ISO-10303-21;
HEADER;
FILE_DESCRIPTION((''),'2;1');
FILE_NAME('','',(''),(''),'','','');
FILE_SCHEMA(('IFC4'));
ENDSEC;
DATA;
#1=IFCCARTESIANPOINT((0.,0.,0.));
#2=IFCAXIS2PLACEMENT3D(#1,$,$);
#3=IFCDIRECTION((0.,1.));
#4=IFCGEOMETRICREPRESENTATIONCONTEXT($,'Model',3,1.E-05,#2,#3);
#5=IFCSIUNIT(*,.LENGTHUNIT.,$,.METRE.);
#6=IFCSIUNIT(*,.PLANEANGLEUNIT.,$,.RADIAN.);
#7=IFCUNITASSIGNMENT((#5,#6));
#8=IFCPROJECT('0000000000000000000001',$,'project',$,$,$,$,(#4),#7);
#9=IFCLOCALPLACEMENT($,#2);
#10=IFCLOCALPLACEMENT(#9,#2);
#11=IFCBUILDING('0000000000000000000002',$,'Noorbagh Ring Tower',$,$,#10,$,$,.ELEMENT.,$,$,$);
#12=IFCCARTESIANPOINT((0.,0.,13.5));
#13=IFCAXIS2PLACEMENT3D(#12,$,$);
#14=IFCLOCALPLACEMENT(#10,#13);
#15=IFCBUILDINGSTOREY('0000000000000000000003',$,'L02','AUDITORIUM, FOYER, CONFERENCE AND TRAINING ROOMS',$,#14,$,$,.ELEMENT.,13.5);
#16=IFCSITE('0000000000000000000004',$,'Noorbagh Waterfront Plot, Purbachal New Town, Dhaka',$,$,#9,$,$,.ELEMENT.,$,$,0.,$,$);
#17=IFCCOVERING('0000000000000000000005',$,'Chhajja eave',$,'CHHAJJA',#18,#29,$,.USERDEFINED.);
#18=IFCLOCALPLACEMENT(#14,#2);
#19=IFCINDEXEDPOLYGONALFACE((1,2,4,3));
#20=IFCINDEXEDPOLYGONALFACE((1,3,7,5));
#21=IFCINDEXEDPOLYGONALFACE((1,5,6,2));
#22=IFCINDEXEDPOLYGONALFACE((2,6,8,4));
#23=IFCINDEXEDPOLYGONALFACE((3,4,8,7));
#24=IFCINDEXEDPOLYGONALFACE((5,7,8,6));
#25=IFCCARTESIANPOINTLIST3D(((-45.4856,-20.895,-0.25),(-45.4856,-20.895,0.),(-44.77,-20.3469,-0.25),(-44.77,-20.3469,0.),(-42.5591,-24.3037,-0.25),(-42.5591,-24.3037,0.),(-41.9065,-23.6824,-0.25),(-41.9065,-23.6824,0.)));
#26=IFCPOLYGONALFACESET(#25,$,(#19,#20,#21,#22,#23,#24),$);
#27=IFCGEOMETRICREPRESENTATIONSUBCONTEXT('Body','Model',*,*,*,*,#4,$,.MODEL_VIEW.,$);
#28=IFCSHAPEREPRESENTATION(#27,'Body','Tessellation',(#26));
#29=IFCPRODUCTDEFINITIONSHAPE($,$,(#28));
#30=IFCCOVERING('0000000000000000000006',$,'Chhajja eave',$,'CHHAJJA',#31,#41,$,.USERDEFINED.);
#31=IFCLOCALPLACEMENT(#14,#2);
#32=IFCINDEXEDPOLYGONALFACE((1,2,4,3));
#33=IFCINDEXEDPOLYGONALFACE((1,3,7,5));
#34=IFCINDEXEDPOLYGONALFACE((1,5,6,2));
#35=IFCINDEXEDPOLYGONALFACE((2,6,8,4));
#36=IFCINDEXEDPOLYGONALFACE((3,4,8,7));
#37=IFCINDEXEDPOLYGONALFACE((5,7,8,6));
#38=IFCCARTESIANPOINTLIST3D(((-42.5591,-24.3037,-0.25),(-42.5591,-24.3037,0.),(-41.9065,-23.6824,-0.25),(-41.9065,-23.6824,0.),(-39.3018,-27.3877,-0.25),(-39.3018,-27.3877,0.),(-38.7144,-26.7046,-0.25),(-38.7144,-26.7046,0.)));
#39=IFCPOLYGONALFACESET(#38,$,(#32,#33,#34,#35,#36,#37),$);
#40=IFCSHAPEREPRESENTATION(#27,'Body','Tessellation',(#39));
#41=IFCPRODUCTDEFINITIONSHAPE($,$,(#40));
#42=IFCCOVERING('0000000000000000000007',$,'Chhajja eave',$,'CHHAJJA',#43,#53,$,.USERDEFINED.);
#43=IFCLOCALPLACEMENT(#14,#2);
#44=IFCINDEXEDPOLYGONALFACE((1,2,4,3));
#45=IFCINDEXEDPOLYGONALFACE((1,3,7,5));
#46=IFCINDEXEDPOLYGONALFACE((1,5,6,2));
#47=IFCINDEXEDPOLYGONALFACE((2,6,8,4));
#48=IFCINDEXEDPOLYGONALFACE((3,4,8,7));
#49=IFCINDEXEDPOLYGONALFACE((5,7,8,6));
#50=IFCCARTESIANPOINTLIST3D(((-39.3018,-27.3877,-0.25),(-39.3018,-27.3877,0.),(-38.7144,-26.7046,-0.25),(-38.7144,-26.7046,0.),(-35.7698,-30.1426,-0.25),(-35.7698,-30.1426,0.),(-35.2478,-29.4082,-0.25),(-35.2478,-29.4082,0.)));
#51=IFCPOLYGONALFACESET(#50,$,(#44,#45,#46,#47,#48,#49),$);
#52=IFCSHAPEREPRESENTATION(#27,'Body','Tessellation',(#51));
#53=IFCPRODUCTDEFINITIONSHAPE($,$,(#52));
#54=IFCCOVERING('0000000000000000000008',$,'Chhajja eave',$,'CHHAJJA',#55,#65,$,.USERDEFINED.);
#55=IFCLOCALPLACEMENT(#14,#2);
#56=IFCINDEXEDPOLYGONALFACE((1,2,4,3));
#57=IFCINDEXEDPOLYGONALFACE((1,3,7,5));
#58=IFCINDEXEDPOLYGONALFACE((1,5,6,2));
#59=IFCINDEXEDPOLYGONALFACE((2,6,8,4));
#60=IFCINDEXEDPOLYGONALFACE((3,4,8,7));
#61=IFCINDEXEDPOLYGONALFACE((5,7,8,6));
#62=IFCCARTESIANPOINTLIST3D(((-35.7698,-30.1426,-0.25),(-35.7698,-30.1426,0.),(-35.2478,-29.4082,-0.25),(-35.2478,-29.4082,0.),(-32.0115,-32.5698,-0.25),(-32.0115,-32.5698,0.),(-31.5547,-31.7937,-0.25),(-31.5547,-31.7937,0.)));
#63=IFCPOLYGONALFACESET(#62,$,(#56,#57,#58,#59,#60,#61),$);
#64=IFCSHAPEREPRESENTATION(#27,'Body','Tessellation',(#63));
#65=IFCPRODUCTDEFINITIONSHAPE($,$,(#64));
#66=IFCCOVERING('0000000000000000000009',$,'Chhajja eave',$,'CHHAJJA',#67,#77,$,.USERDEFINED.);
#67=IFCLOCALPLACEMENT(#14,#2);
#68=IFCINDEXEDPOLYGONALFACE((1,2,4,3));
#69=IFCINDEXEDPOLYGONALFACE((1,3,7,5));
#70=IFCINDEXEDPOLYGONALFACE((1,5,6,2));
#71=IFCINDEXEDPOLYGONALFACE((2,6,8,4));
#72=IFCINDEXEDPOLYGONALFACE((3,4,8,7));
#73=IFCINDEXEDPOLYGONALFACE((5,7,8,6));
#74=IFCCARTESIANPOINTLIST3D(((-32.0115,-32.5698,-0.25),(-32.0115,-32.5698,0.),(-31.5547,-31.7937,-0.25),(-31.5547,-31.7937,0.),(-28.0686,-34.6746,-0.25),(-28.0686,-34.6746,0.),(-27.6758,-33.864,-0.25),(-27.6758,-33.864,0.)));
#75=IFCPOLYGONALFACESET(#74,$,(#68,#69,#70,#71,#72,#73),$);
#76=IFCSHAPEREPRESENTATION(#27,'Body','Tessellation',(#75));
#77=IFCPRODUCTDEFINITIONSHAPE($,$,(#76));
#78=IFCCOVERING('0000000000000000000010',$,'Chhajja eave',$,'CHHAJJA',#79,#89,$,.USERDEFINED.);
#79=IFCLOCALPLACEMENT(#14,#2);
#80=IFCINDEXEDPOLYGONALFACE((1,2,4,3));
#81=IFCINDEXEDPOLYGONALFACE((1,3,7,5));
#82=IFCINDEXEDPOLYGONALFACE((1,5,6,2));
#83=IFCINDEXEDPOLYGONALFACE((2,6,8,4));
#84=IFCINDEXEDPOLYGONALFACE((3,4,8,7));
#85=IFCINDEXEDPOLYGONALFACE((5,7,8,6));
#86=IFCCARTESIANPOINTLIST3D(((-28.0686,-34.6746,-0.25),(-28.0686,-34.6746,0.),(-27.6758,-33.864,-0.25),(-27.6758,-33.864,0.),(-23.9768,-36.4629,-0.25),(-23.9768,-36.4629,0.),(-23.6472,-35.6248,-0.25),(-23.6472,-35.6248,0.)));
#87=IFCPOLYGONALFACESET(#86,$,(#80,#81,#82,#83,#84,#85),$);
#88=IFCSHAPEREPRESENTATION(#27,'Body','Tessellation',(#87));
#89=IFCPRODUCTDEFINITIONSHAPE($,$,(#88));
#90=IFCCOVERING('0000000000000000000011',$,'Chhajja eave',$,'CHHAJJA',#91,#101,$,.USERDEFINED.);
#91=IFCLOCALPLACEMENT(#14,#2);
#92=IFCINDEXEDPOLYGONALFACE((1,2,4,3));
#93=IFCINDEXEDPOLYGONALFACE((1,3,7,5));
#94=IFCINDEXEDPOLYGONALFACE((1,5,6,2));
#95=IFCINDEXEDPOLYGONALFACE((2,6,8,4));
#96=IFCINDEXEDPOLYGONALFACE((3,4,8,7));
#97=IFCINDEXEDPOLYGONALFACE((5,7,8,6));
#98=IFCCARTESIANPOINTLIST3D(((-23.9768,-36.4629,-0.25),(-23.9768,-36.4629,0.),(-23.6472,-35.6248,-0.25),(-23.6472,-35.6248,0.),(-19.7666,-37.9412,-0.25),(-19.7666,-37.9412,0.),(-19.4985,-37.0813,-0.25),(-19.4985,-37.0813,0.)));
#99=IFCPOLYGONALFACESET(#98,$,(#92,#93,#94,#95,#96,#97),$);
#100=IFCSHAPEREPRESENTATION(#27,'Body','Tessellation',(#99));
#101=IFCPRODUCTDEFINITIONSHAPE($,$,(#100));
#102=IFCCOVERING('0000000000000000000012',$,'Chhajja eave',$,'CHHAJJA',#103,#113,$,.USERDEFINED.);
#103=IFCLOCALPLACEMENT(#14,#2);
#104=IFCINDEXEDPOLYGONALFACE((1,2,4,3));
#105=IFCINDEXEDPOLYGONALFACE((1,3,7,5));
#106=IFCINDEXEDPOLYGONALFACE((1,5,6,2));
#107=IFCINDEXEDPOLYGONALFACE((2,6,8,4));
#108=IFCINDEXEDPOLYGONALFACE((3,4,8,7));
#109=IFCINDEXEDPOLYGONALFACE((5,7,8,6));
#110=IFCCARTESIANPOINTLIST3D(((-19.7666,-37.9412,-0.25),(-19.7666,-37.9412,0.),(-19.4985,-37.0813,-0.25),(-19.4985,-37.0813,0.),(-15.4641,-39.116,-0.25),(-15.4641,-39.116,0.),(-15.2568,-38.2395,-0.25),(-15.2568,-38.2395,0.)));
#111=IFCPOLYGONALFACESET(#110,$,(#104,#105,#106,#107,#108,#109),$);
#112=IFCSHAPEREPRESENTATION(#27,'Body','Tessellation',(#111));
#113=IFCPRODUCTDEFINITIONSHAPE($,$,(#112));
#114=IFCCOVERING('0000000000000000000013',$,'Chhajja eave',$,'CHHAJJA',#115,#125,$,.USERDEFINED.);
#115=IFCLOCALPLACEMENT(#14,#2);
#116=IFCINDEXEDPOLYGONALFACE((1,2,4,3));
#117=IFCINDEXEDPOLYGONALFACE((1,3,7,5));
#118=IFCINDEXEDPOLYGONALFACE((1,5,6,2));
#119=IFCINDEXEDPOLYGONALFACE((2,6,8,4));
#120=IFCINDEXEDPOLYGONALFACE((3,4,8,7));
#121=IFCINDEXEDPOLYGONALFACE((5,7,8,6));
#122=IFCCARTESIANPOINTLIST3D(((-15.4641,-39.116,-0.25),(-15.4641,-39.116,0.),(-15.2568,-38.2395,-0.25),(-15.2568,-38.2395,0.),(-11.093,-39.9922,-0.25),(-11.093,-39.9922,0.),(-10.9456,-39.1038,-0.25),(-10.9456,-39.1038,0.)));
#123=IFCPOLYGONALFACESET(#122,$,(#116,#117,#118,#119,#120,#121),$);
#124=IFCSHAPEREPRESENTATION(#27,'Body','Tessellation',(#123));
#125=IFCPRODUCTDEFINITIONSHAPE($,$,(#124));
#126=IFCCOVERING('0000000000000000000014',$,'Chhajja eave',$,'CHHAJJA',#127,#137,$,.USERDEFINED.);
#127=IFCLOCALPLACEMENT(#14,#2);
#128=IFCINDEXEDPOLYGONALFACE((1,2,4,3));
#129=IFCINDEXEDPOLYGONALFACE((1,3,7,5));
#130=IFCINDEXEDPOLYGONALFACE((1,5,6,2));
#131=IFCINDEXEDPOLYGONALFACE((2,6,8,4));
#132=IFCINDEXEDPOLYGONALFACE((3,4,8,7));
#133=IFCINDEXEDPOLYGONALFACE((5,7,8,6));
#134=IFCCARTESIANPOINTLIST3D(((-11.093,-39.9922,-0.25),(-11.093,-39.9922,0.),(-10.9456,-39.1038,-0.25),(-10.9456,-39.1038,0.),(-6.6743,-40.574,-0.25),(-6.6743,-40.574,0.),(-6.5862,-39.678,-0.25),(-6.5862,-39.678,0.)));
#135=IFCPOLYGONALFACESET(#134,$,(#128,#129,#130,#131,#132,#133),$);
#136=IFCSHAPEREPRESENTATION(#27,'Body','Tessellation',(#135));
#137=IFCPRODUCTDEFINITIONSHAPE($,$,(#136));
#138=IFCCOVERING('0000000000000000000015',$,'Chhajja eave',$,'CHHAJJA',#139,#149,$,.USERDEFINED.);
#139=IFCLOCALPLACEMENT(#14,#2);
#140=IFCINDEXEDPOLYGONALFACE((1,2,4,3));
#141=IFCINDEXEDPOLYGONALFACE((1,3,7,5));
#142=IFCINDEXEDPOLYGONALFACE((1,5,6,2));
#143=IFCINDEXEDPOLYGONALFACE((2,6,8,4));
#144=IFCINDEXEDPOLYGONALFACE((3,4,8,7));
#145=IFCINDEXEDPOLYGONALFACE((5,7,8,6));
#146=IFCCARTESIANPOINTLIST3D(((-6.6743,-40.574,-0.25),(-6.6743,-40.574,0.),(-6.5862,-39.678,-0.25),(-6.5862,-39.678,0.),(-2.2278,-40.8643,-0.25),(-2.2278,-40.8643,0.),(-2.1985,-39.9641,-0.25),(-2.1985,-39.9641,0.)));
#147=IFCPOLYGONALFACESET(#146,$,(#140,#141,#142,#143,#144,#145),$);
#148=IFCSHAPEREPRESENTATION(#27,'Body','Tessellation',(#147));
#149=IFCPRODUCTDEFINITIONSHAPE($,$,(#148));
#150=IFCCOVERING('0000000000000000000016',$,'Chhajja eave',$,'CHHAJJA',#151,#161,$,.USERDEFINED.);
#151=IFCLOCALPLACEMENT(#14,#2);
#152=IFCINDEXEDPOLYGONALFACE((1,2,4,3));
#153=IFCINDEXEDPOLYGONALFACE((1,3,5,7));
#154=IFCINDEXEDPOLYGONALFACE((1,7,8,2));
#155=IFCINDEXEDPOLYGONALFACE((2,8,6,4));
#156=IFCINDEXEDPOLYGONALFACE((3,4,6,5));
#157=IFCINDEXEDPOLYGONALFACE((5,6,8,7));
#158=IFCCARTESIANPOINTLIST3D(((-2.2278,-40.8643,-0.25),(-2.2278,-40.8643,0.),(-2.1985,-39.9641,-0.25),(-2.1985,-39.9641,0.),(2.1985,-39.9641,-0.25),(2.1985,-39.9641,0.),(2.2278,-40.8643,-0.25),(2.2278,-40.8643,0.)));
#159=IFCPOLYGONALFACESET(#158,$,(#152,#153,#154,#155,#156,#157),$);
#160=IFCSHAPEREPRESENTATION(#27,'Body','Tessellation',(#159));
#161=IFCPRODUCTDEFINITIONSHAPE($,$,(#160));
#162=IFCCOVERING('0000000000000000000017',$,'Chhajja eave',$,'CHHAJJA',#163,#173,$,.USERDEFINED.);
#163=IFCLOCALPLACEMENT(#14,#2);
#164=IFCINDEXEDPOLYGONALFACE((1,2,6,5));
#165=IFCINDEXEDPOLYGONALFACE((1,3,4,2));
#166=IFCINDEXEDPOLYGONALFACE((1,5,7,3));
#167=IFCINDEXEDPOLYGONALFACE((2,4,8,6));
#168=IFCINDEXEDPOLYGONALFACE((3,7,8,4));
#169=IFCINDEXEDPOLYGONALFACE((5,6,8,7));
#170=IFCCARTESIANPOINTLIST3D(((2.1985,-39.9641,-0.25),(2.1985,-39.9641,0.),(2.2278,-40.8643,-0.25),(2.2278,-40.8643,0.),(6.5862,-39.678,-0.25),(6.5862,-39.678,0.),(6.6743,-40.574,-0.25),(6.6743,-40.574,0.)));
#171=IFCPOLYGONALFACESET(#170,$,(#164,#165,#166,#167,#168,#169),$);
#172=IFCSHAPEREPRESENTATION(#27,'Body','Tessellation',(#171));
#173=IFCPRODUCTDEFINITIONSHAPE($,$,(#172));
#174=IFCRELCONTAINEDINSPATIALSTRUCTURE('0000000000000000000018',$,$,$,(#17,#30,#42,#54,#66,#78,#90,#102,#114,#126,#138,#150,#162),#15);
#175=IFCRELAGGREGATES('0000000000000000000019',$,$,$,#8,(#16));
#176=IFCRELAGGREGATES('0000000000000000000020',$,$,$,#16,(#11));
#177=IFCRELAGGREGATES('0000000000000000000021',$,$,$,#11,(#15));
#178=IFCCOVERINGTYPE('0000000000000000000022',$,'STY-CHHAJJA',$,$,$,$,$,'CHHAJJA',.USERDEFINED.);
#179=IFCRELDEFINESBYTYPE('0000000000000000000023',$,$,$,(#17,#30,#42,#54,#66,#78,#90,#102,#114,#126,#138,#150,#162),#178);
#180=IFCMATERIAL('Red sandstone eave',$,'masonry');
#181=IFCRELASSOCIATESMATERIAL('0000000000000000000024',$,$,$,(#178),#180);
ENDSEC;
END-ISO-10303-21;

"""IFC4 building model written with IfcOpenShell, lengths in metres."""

from ifc_helpers import new_model, si_unit, direction, frame, origin, place, context, subcontext, project, spatial, polyline, outline, extrude, material, type_object, element, save


model = new_model("IFC4")

# Units and contexts
model_context = context("Model", 3, precision=1e-05, world=origin(), true_north=direction((0.0, 1.0)))
body_context = subcontext(model_context, "Body", "Model", "MODEL_VIEW")
ifc_project = project(units=[si_unit("LENGTHUNIT", "METRE"), si_unit("PLANEANGLEUNIT", "RADIAN")], contexts=[model_context])

# Site, building, storey
site_placement = place(None, origin())
site = spatial("IfcSite", under=ifc_project, at=site_placement, Name="Noorbagh Waterfront Plot, Purbachal New Town, Dhaka", CompositionType="ELEMENT", RefElevation=0.0)
building_placement = place(site_placement, origin())
building = spatial("IfcBuilding", under=site, at=building_placement, Name="Noorbagh Ring Tower", CompositionType="ELEMENT")
storey_placement = place(building_placement, frame((0.0, 0.0, 13.5)))
storey = spatial("IfcBuildingStorey", under=building, at=storey_placement, Name="L02", Description="AUDITORIUM, FOYER, CONFERENCE AND TRAINING ROOMS", CompositionType="ELEMENT", Elevation=13.5)

# Coverings
ifc_material_1 = material(Name="Red sandstone eave", Category="masonry")
covering_type = type_object("IfcCoveringType", Name="STY-CHHAJJA", ElementType="CHHAJJA", PredefinedType="USERDEFINED", material=ifc_material_1)
covering_1_placement = place(storey_placement, frame((0.0, 0.0, -0.25)))
element("IfcCovering", 1, at=covering_1_placement, inside=storey, type_object=covering_type, Name="Chhajja eave", ObjectType="CHHAJJA", PredefinedType="USERDEFINED", context=body_context, shape_type="SweptSolid", body=[
    extrude(outline(polyline([(-44.77, -20.3469), (-41.9065, -23.6824), (-42.5591, -24.3037), (-45.4856, -20.895), (-44.77, -20.3469)])), origin(), (0.0, 0.0, 1.0), 0.25),
])
covering_2_placement = place(storey_placement, frame((0.0, 0.0, -0.25)))
element("IfcCovering", 2, at=covering_2_placement, inside=storey, type_object=covering_type, Name="Chhajja eave", ObjectType="CHHAJJA", PredefinedType="USERDEFINED", context=body_context, shape_type="SweptSolid", body=[
    extrude(outline(polyline([(-41.9065, -23.6824), (-38.7144, -26.7046), (-39.3018, -27.3877), (-42.5591, -24.3037), (-41.9065, -23.6824)])), origin(), (0.0, 0.0, 1.0), 0.25),
])
covering_3_placement = place(storey_placement, frame((0.0, 0.0, -0.25)))
element("IfcCovering", 3, at=covering_3_placement, inside=storey, type_object=covering_type, Name="Chhajja eave", ObjectType="CHHAJJA", PredefinedType="USERDEFINED", context=body_context, shape_type="SweptSolid", body=[
    extrude(outline(polyline([(-38.7144, -26.7046), (-35.2478, -29.4082), (-35.7698, -30.1426), (-39.3018, -27.3877), (-38.7144, -26.7046)])), origin(), (0.0, 0.0, 1.0), 0.25),
])
covering_4_placement = place(storey_placement, frame((0.0, 0.0, -0.25)))
element("IfcCovering", 4, at=covering_4_placement, inside=storey, type_object=covering_type, Name="Chhajja eave", ObjectType="CHHAJJA", PredefinedType="USERDEFINED", context=body_context, shape_type="SweptSolid", body=[
    extrude(outline(polyline([(-35.2478, -29.4082), (-31.5547, -31.7937), (-32.0115, -32.5698), (-35.7698, -30.1426), (-35.2478, -29.4082)])), origin(), (0.0, 0.0, 1.0), 0.25),
])
covering_5_placement = place(storey_placement, frame((0.0, 0.0, -0.25)))
element("IfcCovering", 5, at=covering_5_placement, inside=storey, type_object=covering_type, Name="Chhajja eave", ObjectType="CHHAJJA", PredefinedType="USERDEFINED", context=body_context, shape_type="SweptSolid", body=[
    extrude(outline(polyline([(-31.5547, -31.7937), (-27.6758, -33.864), (-28.0686, -34.6746), (-32.0115, -32.5698), (-31.5547, -31.7937)])), origin(), (0.0, 0.0, 1.0), 0.25),
])
covering_6_placement = place(storey_placement, frame((0.0, 0.0, -0.25)))
element("IfcCovering", 6, at=covering_6_placement, inside=storey, type_object=covering_type, Name="Chhajja eave", ObjectType="CHHAJJA", PredefinedType="USERDEFINED", context=body_context, shape_type="SweptSolid", body=[
    extrude(outline(polyline([(-27.6758, -33.864), (-23.6472, -35.6248), (-23.9768, -36.4629), (-28.0686, -34.6746), (-27.6758, -33.864)])), origin(), (0.0, 0.0, 1.0), 0.25),
])
covering_7_placement = place(storey_placement, frame((0.0, 0.0, -0.25)))
element("IfcCovering", 7, at=covering_7_placement, inside=storey, type_object=covering_type, Name="Chhajja eave", ObjectType="CHHAJJA", PredefinedType="USERDEFINED", context=body_context, shape_type="SweptSolid", body=[
    extrude(outline(polyline([(-23.6472, -35.6248), (-19.4985, -37.0813), (-19.7666, -37.9412), (-23.9768, -36.4629), (-23.6472, -35.6248)])), origin(), (0.0, 0.0, 1.0), 0.25),
])
covering_8_placement = place(storey_placement, frame((0.0, 0.0, -0.25)))
element("IfcCovering", 8, at=covering_8_placement, inside=storey, type_object=covering_type, Name="Chhajja eave", ObjectType="CHHAJJA", PredefinedType="USERDEFINED", context=body_context, shape_type="SweptSolid", body=[
    extrude(outline(polyline([(-19.4985, -37.0813), (-15.2568, -38.2395), (-15.4641, -39.116), (-19.7666, -37.9412), (-19.4985, -37.0813)])), origin(), (0.0, 0.0, 1.0), 0.25),
])
covering_9_placement = place(storey_placement, frame((0.0, 0.0, -0.25)))
element("IfcCovering", 9, at=covering_9_placement, inside=storey, type_object=covering_type, Name="Chhajja eave", ObjectType="CHHAJJA", PredefinedType="USERDEFINED", context=body_context, shape_type="SweptSolid", body=[
    extrude(outline(polyline([(-15.2568, -38.2395), (-10.9456, -39.1038), (-11.093, -39.9922), (-15.4641, -39.116), (-15.2568, -38.2395)])), origin(), (0.0, 0.0, 1.0), 0.25),
])
covering_10_placement = place(storey_placement, frame((0.0, 0.0, -0.25)))
element("IfcCovering", 10, at=covering_10_placement, inside=storey, type_object=covering_type, Name="Chhajja eave", ObjectType="CHHAJJA", PredefinedType="USERDEFINED", context=body_context, shape_type="SweptSolid", body=[
    extrude(outline(polyline([(-10.9456, -39.1038), (-6.5862, -39.678), (-6.6743, -40.574), (-11.093, -39.9922), (-10.9456, -39.1038)])), origin(), (0.0, 0.0, 1.0), 0.25),
])
covering_11_placement = place(storey_placement, frame((0.0, 0.0, -0.25)))
element("IfcCovering", 11, at=covering_11_placement, inside=storey, type_object=covering_type, Name="Chhajja eave", ObjectType="CHHAJJA", PredefinedType="USERDEFINED", context=body_context, shape_type="SweptSolid", body=[
    extrude(outline(polyline([(-6.5862, -39.678), (-2.1985, -39.9641), (-2.2278, -40.8643), (-6.6743, -40.574), (-6.5862, -39.678)])), origin(), (0.0, 0.0, 1.0), 0.25),
])
covering_12_placement = place(storey_placement, frame((0.0, 0.0, -0.25)))
element("IfcCovering", 12, at=covering_12_placement, inside=storey, type_object=covering_type, Name="Chhajja eave", ObjectType="CHHAJJA", PredefinedType="USERDEFINED", context=body_context, shape_type="SweptSolid", body=[
    extrude(outline(polyline([(-2.1985, -39.9641), (2.1985, -39.9641), (2.2278, -40.8643), (-2.2278, -40.8643), (-2.1985, -39.9641)])), origin(), (0.0, 0.0, 1.0), 0.25),
])
covering_13_placement = place(storey_placement, frame((0.0, 0.0, -0.25)))
element("IfcCovering", 13, at=covering_13_placement, inside=storey, type_object=covering_type, Name="Chhajja eave", ObjectType="CHHAJJA", PredefinedType="USERDEFINED", context=body_context, shape_type="SweptSolid", body=[
    extrude(outline(polyline([(2.1985, -39.9641), (6.5862, -39.678), (6.6743, -40.574), (2.2278, -40.8643), (2.1985, -39.9641)])), origin(), (0.0, 0.0, 1.0), 0.25),
])

save(model, "model.ifc")
